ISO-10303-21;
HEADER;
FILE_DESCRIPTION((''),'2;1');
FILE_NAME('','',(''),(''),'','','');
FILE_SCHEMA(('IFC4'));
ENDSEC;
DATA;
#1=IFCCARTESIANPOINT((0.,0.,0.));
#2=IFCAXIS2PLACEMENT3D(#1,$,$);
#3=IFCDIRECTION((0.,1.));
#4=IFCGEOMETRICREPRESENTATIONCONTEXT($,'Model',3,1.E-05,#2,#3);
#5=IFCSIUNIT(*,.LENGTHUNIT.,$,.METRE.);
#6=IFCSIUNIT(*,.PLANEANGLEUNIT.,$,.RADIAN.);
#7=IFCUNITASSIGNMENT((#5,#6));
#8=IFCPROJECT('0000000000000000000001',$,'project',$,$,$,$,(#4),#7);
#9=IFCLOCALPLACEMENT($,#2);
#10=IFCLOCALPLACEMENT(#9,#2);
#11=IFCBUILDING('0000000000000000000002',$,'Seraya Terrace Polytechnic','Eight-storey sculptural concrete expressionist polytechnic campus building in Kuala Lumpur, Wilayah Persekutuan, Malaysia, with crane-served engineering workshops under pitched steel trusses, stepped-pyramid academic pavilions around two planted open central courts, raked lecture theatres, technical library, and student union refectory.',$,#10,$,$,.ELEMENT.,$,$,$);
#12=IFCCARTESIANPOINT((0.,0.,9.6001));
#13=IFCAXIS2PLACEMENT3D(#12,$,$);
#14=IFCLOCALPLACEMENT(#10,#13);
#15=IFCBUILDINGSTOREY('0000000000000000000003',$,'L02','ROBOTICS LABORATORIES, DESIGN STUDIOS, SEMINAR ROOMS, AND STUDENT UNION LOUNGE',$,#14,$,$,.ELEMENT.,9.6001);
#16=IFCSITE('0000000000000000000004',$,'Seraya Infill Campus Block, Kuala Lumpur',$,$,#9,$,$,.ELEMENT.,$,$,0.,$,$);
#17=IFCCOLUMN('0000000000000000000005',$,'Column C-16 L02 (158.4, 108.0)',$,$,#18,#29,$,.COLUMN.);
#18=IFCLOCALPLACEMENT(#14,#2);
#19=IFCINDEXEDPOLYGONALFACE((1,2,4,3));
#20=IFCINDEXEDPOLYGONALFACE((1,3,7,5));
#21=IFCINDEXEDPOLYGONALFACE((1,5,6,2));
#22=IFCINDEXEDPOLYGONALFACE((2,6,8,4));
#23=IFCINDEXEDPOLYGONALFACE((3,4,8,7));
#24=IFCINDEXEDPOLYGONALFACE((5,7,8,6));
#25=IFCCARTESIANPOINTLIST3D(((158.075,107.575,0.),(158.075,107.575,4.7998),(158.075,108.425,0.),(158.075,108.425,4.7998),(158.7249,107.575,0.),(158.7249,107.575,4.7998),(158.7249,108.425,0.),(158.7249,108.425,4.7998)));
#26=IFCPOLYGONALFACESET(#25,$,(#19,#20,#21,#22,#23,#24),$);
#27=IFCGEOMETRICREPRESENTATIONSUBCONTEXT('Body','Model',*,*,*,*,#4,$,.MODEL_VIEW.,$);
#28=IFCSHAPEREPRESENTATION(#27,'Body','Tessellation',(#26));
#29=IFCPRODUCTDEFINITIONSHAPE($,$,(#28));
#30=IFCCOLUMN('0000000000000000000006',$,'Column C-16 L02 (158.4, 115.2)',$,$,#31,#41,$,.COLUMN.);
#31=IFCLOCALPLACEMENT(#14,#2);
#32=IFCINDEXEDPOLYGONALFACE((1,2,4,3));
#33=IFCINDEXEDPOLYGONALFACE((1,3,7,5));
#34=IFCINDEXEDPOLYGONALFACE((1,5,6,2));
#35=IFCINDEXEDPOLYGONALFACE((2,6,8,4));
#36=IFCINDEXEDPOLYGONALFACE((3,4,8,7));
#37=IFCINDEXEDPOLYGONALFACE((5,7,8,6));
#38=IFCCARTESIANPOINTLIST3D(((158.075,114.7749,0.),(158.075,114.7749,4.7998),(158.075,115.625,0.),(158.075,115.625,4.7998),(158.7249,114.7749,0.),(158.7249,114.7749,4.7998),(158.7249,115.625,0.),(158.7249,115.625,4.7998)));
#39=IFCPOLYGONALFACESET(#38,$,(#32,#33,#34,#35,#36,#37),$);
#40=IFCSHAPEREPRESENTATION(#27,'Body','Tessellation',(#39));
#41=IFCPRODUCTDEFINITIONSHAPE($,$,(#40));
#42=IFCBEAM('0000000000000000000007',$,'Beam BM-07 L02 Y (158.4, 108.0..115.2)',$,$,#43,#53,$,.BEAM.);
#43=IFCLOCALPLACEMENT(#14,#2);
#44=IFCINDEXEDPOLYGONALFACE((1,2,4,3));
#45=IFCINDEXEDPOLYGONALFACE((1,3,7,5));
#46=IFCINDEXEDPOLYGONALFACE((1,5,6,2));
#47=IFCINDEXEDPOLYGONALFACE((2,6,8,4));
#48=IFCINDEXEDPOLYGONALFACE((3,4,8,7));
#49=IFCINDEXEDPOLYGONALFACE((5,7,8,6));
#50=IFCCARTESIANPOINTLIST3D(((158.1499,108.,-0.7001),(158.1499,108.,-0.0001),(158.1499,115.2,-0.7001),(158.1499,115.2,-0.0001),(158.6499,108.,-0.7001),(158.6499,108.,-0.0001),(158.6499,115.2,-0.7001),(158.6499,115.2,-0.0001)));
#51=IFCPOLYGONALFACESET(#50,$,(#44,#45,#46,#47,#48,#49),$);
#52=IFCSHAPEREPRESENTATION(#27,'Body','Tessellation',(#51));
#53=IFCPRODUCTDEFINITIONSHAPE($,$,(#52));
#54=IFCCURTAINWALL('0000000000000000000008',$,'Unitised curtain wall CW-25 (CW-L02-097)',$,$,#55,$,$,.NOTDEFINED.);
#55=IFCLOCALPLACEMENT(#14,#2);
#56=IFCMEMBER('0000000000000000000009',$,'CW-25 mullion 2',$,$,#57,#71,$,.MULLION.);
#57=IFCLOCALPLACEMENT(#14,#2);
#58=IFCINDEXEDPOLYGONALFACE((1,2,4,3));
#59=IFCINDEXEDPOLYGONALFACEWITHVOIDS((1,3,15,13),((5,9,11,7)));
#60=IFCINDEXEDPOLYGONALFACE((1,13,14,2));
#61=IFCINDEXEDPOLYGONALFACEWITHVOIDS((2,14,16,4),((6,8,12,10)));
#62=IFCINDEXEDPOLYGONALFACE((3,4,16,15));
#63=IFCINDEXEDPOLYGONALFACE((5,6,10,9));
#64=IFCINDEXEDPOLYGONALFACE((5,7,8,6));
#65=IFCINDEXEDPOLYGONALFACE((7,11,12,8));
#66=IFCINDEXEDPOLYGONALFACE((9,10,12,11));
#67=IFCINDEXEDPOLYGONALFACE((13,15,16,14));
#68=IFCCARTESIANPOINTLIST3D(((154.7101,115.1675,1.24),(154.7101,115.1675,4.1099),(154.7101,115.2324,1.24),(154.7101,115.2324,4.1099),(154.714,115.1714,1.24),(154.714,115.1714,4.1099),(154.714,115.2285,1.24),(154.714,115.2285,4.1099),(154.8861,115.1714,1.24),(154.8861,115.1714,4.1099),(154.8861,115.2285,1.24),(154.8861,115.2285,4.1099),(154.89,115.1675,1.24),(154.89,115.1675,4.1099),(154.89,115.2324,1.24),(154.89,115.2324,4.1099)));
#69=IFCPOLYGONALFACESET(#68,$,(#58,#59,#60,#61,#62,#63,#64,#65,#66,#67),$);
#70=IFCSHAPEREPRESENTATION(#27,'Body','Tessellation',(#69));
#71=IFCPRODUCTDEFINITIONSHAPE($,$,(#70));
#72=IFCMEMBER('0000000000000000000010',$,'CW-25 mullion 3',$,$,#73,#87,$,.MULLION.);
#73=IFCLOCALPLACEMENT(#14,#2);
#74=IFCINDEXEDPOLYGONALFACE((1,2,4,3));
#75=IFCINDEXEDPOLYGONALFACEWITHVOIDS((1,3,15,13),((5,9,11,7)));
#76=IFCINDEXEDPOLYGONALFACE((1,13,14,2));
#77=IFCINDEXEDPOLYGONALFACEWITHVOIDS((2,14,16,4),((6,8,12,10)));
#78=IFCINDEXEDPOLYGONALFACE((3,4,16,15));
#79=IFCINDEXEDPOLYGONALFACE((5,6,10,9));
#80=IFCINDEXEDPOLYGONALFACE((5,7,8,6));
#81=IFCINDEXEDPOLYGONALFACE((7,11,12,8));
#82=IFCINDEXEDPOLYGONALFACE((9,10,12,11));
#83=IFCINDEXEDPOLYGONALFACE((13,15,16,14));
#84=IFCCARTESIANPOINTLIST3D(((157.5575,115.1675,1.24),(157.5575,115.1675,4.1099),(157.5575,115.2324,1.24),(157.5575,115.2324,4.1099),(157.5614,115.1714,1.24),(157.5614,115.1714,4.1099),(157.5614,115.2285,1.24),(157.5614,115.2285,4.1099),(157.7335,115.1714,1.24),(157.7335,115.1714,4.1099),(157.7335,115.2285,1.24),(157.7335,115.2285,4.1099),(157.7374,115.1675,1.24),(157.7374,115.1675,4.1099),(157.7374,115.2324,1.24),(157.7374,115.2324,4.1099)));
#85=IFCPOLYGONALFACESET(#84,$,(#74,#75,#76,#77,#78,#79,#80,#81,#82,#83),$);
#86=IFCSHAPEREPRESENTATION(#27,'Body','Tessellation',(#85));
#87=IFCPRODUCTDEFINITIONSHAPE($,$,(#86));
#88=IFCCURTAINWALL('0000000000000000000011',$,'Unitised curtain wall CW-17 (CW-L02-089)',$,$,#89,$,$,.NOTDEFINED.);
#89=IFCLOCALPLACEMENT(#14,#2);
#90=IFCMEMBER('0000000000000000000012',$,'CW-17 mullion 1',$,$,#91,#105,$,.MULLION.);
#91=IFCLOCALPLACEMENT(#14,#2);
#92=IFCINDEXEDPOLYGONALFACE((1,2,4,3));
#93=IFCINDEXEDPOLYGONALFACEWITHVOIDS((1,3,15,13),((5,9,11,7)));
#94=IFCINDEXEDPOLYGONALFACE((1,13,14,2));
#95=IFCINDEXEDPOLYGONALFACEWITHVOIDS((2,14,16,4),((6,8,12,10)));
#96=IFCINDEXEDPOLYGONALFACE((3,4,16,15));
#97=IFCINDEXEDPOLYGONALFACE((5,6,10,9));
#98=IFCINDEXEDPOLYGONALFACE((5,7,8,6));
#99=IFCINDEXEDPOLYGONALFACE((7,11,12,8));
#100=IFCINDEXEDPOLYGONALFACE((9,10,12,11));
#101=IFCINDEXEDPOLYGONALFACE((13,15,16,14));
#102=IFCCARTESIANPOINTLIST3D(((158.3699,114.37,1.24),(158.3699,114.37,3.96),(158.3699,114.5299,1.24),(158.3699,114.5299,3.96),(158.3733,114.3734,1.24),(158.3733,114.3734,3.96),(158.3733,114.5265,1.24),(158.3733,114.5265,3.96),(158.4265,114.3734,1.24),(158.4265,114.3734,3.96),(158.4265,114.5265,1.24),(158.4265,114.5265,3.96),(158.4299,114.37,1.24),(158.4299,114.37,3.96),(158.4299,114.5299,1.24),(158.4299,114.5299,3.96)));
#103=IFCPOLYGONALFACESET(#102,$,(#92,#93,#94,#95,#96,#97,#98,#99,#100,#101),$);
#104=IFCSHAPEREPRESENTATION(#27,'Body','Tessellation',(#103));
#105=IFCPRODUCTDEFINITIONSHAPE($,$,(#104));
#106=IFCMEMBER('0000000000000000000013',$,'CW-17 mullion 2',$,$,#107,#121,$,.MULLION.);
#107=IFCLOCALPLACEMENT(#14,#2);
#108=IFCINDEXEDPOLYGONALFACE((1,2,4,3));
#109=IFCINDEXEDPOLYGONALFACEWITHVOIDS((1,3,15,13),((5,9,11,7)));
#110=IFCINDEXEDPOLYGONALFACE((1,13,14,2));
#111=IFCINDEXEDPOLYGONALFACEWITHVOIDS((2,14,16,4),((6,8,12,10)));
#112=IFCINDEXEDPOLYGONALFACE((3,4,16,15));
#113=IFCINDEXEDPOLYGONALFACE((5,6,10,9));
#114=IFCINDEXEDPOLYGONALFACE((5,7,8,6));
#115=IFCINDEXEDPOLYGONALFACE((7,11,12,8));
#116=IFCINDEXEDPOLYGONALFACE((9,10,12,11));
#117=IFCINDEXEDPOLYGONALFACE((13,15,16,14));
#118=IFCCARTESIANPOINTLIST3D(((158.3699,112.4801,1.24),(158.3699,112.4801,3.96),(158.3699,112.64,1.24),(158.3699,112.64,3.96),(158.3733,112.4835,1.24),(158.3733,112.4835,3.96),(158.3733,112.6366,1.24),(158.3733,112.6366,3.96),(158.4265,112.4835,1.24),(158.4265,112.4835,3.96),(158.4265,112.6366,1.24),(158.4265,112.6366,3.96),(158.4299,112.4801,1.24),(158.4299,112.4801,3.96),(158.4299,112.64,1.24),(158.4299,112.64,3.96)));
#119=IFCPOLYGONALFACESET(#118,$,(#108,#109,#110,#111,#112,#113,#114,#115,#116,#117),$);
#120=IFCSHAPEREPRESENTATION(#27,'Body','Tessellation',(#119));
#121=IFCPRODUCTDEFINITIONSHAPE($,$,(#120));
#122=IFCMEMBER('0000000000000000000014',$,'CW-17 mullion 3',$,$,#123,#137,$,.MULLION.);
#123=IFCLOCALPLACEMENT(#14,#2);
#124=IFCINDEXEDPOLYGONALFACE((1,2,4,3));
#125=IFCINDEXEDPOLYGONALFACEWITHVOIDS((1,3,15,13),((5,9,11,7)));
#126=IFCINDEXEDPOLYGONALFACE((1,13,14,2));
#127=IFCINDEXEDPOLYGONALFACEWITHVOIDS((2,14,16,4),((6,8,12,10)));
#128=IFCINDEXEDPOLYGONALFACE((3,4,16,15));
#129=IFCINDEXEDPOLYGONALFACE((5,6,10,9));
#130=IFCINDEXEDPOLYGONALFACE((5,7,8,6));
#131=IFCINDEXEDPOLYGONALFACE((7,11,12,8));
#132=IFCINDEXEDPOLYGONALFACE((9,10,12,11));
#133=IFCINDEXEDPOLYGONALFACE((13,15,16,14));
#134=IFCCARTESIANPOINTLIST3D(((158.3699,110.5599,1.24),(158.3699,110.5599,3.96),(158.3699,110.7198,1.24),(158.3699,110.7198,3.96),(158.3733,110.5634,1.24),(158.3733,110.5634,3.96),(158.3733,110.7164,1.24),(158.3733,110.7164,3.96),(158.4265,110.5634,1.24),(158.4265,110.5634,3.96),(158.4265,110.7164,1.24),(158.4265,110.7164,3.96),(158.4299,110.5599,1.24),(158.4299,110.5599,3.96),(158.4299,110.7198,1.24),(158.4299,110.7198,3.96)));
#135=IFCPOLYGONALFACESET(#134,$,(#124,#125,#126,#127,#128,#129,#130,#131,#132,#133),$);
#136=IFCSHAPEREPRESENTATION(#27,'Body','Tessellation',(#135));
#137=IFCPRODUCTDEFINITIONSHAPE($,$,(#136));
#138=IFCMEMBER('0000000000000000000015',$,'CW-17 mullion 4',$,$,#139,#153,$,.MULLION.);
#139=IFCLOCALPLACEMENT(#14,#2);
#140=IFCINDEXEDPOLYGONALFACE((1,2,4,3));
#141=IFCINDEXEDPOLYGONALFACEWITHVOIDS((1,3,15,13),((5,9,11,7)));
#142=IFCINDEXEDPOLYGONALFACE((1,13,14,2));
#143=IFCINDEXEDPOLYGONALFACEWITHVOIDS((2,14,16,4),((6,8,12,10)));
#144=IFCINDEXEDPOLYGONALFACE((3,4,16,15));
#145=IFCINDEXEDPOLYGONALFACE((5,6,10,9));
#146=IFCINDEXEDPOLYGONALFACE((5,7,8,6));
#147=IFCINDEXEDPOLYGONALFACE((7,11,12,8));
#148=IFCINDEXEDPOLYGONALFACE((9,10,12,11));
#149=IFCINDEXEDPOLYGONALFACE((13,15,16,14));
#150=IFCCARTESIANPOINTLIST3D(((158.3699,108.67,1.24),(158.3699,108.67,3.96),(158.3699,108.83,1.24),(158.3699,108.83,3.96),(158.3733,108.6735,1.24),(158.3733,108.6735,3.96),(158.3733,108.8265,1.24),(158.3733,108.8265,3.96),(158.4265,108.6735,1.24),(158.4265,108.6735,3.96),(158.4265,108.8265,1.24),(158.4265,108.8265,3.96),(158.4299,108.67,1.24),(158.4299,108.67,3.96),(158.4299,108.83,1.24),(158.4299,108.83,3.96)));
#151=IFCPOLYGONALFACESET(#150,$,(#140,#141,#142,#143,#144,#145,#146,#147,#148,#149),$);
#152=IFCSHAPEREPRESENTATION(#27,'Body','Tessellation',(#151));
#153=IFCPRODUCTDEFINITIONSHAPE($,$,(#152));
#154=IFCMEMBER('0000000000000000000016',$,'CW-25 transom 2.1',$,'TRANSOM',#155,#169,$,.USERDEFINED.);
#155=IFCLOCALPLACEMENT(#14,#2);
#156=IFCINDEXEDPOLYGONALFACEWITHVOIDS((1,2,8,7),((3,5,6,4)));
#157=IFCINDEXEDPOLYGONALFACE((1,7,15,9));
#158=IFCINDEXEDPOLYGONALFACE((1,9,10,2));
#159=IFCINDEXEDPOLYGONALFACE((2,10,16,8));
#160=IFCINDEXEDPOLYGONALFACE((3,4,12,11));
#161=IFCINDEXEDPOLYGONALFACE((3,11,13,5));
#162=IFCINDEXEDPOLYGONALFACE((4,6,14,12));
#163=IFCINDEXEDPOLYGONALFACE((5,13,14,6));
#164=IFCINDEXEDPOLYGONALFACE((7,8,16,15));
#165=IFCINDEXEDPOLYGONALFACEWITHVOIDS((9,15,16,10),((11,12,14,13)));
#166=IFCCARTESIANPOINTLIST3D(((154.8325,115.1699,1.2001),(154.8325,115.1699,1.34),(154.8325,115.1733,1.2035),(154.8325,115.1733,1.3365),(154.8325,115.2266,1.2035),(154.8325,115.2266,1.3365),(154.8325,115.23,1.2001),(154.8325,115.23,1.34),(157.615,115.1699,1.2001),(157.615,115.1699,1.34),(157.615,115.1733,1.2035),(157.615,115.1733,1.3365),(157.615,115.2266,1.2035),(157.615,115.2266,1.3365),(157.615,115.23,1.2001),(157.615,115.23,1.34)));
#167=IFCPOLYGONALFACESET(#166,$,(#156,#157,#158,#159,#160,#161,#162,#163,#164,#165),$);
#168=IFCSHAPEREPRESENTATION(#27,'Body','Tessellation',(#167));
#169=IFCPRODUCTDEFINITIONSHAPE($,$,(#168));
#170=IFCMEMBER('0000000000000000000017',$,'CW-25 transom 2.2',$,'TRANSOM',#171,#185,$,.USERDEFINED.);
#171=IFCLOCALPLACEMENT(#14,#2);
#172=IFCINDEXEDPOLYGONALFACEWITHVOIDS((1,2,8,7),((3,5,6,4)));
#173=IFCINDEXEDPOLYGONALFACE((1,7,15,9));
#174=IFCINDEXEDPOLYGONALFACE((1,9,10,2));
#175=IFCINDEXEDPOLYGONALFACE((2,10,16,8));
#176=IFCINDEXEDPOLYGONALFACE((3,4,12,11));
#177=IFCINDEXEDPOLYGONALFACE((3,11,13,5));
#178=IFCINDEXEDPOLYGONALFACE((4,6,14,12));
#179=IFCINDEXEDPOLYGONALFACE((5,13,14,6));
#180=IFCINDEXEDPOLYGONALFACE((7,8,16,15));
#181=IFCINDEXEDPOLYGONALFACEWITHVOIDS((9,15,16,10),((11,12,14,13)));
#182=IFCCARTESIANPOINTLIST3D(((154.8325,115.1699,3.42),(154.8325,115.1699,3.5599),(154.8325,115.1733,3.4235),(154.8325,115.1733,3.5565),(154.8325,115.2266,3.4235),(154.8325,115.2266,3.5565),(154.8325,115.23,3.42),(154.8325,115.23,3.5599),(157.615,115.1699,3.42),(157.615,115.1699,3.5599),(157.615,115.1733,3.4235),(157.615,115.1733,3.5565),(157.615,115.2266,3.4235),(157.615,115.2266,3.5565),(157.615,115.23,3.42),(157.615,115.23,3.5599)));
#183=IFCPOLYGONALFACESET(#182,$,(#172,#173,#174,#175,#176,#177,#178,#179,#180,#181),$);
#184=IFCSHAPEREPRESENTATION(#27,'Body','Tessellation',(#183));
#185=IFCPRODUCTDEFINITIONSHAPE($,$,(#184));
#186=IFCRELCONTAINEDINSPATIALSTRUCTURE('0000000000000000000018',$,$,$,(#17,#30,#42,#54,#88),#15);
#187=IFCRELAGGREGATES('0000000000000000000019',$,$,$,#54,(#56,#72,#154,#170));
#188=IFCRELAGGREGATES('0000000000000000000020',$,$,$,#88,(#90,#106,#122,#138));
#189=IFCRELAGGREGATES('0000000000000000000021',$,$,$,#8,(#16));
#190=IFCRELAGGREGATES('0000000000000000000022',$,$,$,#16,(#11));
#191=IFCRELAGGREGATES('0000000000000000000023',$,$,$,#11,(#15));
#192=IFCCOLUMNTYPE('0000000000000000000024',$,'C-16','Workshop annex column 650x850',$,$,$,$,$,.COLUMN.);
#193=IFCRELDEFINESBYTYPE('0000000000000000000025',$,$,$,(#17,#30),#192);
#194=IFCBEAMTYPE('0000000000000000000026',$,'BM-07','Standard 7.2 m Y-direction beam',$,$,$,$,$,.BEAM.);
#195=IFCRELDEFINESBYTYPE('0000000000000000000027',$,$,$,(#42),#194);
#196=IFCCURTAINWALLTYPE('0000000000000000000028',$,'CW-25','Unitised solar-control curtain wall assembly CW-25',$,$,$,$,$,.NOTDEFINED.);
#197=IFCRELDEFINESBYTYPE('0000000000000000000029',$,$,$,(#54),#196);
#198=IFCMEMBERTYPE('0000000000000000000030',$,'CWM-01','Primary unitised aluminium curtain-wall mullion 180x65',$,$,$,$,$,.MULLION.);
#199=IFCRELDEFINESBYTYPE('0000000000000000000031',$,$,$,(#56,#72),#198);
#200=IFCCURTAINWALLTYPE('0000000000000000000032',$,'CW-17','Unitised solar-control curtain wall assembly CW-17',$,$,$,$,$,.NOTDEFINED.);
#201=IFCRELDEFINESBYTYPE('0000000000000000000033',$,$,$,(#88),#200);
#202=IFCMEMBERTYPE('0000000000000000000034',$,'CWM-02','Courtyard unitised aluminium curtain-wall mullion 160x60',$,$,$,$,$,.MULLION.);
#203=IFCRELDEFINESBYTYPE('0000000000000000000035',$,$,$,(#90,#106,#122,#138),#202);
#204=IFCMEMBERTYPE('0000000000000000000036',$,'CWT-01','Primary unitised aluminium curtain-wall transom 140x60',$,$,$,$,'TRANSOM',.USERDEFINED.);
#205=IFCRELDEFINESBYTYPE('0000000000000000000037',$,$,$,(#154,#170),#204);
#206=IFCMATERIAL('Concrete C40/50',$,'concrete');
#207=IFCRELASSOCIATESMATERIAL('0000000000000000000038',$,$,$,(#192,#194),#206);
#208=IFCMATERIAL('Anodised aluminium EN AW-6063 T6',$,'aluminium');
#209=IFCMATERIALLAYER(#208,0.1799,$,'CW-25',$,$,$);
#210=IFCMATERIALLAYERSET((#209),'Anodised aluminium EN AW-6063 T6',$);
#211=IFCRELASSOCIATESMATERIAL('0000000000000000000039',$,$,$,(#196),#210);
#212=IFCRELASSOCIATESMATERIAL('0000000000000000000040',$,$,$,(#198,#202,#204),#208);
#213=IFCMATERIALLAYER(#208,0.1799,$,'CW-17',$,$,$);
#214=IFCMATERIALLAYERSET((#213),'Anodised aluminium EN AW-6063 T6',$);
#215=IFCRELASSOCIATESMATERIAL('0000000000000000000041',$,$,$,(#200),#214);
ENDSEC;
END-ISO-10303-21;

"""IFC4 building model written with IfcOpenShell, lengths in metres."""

from ifc_helpers import new_model, si_unit, direction, frame, origin, origin_2d, place, context, subcontext, project, spatial, rectangle, hollow_rectangle, extrude, material, layer, layer_set, material_profile, profile_set, type_object, element, aggregate, save


model = new_model("IFC4")

# Units and contexts
model_context = context("Model", 3, precision=1e-05, world=origin(), true_north=direction((0.0, 1.0)))
body_context = subcontext(model_context, "Body", "Model", "MODEL_VIEW")
ifc_project = project(units=[si_unit("LENGTHUNIT", "METRE"), si_unit("PLANEANGLEUNIT", "RADIAN")], contexts=[model_context])

# Site, building, storey
site_placement = place(None, origin())
site = spatial("IfcSite", under=ifc_project, at=site_placement, Name="Seraya Infill Campus Block, Kuala Lumpur", CompositionType="ELEMENT", RefElevation=0.0)
building_placement = place(site_placement, origin())
building = spatial("IfcBuilding", under=site, at=building_placement, Name="Seraya Terrace Polytechnic", Description="Eight-storey sculptural concrete expressionist polytechnic campus building in Kuala Lumpur, Wilayah Persekutuan, Malaysia, with crane-served engineering workshops under pitched steel trusses, stepped-pyramid academic pavilions around two planted open central courts, raked lecture theatres, technical library, and student union refectory.", CompositionType="ELEMENT")
storey_placement = place(building_placement, frame((0.0, 0.0, 9.6001)))
storey = spatial("IfcBuildingStorey", under=building, at=storey_placement, Name="L02", Description="ROBOTICS LABORATORIES, DESIGN STUDIOS, SEMINAR ROOMS, AND STUDENT UNION LOUNGE", CompositionType="ELEMENT", Elevation=9.6001)

# Columns
ifc_material_1 = material(Name="Concrete C40/50", Category="concrete")
ifc_material_profile_1 = material_profile(ifc_material_1, rectangle(XDim=0.6499, YDim=0.8501, at=origin_2d()), Name="RC 650x850")
ifc_profile_set_1 = profile_set([ifc_material_profile_1], Name="Concrete C40/50")
column_type = type_object("IfcColumnType", Name="C-16", Description="Workshop annex column 650x850", PredefinedType="COLUMN", material=ifc_profile_set_1)
for number, where, z_axis, x_axis, name in (
    (1, (158.3999, 108.0, 0.0), (0.0, 0.0, 1.0), (1.0, 0.0, 0.0), "Column C-16 L02 (158.4, 108.0)"),
    (2, (158.3999, 115.2, 0.0), (0.0, 0.0, 1.0), (1.0, 0.0, 0.0), "Column C-16 L02 (158.4, 115.2)"),
):
    element("IfcColumn", number, at=place(storey_placement, frame(where, z_axis=z_axis, x_axis=x_axis)), inside=storey, type_object=column_type, Name=name, PredefinedType="COLUMN", context=body_context, shape_type="SweptSolid", body=[
        extrude(rectangle(XDim=0.6499, YDim=0.8501, at=origin_2d()), origin(), (0.0, 0.0, 1.0), 4.7998),
    ])

# Beam
ifc_material_profile_2 = material_profile(ifc_material_1, rectangle(XDim=0.5, YDim=0.7, at=origin_2d()), Name="RC 500x700")
ifc_profile_set_2 = profile_set([ifc_material_profile_2], Name="Concrete C40/50")
beam_type_1 = type_object("IfcBeamType", Name="BM-07", Description="Standard 7.2 m Y-direction beam", PredefinedType="BEAM", material=ifc_profile_set_2)
beam_1_placement = place(storey_placement, frame((158.3999, 108.0, -0.3501), z_axis=(0.0, 1.0, 0.0), x_axis=(-1.0, 0.0, 0.0)))
element("IfcBeam", 3, at=beam_1_placement, inside=storey, type_object=beam_type_1, Name="Beam BM-07 L02 Y (158.4, 108.0..115.2)", PredefinedType="BEAM", context=body_context, shape_type="SweptSolid", body=[
    extrude(rectangle(XDim=0.5, YDim=0.7, at=origin_2d()), origin(), (0.0, 0.0, 1.0), 7.2),
])

# Curtain walls, members
ifc_material_2 = material(Name="Anodised aluminium EN AW-6063 T6", Category="aluminium")
ifc_layer_1 = layer(ifc_material_2, 0.1799, Name="CW-25")
ifc_layer_set_1 = layer_set([ifc_layer_1], Name="Anodised aluminium EN AW-6063 T6")
curtain_wall_type_1 = type_object("IfcCurtainWallType", Name="CW-25", Description="Unitised solar-control curtain wall assembly CW-25", PredefinedType="NOTDEFINED", material=ifc_layer_set_1)
curtain_wall_1_placement = place(storey_placement, origin())
curtain_wall_1 = element("IfcCurtainWall", 4, at=curtain_wall_1_placement, inside=storey, type_object=curtain_wall_type_1, Name="Unitised curtain wall CW-25 (CW-L02-097)", PredefinedType="NOTDEFINED")
ifc_material_profile_3 = material_profile(ifc_material_2, hollow_rectangle(XDim=0.0649, YDim=0.1799, WallThickness=0.0039, at=origin_2d()), Name="RHS 180x65x4.0")
ifc_profile_set_3 = profile_set([ifc_material_profile_3], Name="Anodised aluminium EN AW-6063 T6")
member_type_1 = type_object("IfcMemberType", Name="CWM-01", Description="Primary unitised aluminium curtain-wall mullion 180x65", PredefinedType="MULLION", material=ifc_profile_set_3)
member_1_placement = place(storey_placement, frame((154.8, 115.2, 1.24), z_axis=(0.0, 0.0, 1.0), x_axis=(0.0, 1.0, 0.0)))
member_1 = element("IfcMember", 5, at=member_1_placement, type_object=member_type_1, Name="CW-25 mullion 2", PredefinedType="MULLION", context=body_context, shape_type="SweptSolid", body=[
    extrude(hollow_rectangle(XDim=0.0649, YDim=0.1799, WallThickness=0.0039, at=origin_2d()), origin(), (0.0, 0.0, 1.0), 2.8699),
])
member_2_placement = place(storey_placement, frame((157.6475, 115.2, 1.24), z_axis=(0.0, 0.0, 1.0), x_axis=(0.0, 1.0, 0.0)))
member_2 = element("IfcMember", 6, at=member_2_placement, type_object=member_type_1, Name="CW-25 mullion 3", PredefinedType="MULLION", context=body_context, shape_type="SweptSolid", body=[
    extrude(hollow_rectangle(XDim=0.0649, YDim=0.1799, WallThickness=0.0039, at=origin_2d()), origin(), (0.0, 0.0, 1.0), 2.8699),
])
ifc_layer_2 = layer(ifc_material_2, 0.1799, Name="CW-17")
ifc_layer_set_2 = layer_set([ifc_layer_2], Name="Anodised aluminium EN AW-6063 T6")
curtain_wall_type_2 = type_object("IfcCurtainWallType", Name="CW-17", Description="Unitised solar-control curtain wall assembly CW-17", PredefinedType="NOTDEFINED", material=ifc_layer_set_2)
curtain_wall_2_placement = place(storey_placement, origin())
curtain_wall_2 = element("IfcCurtainWall", 7, at=curtain_wall_2_placement, inside=storey, type_object=curtain_wall_type_2, Name="Unitised curtain wall CW-17 (CW-L02-089)", PredefinedType="NOTDEFINED")
ifc_material_profile_4 = material_profile(ifc_material_2, hollow_rectangle(XDim=0.0601, YDim=0.1599, WallThickness=0.0034, at=origin_2d()), Name="RHS 160x60x3.5")
ifc_profile_set_4 = profile_set([ifc_material_profile_4], Name="Anodised aluminium EN AW-6063 T6")
member_type_2 = type_object("IfcMemberType", Name="CWM-02", Description="Courtyard unitised aluminium curtain-wall mullion 160x60", PredefinedType="MULLION", material=ifc_profile_set_4)
member_3_placement = place(storey_placement, frame((158.3999, 114.45, 1.24), z_axis=(0.0, 0.0, 1.0), x_axis=(1.0, 0.0, 0.0)))
member_3 = element("IfcMember", 8, at=member_3_placement, type_object=member_type_2, Name="CW-17 mullion 1", PredefinedType="MULLION", context=body_context, shape_type="SweptSolid", body=[
    extrude(hollow_rectangle(XDim=0.0601, YDim=0.1599, WallThickness=0.0034, at=origin_2d()), origin(), (0.0, 0.0, 1.0), 2.72),
])
member_4_placement = place(storey_placement, frame((158.3999, 112.5601, 1.24), z_axis=(0.0, 0.0, 1.0), x_axis=(1.0, 0.0, 0.0)))
member_4 = element("IfcMember", 9, at=member_4_placement, type_object=member_type_2, Name="CW-17 mullion 2", PredefinedType="MULLION", context=body_context, shape_type="SweptSolid", body=[
    extrude(hollow_rectangle(XDim=0.0601, YDim=0.1599, WallThickness=0.0034, at=origin_2d()), origin(), (0.0, 0.0, 1.0), 2.72),
])
member_5_placement = place(storey_placement, frame((158.3999, 110.6399, 1.24), z_axis=(0.0, 0.0, 1.0), x_axis=(1.0, 0.0, 0.0)))
member_5 = element("IfcMember", 10, at=member_5_placement, type_object=member_type_2, Name="CW-17 mullion 3", PredefinedType="MULLION", context=body_context, shape_type="SweptSolid", body=[
    extrude(hollow_rectangle(XDim=0.0601, YDim=0.1599, WallThickness=0.0034, at=origin_2d()), origin(), (0.0, 0.0, 1.0), 2.72),
])
member_6_placement = place(storey_placement, frame((158.3999, 108.75, 1.24), z_axis=(0.0, 0.0, 1.0), x_axis=(1.0, 0.0, 0.0)))
member_6 = element("IfcMember", 11, at=member_6_placement, type_object=member_type_2, Name="CW-17 mullion 4", PredefinedType="MULLION", context=body_context, shape_type="SweptSolid", body=[
    extrude(hollow_rectangle(XDim=0.0601, YDim=0.1599, WallThickness=0.0034, at=origin_2d()), origin(), (0.0, 0.0, 1.0), 2.72),
])

# Members
ifc_material_profile_5 = material_profile(ifc_material_2, hollow_rectangle(XDim=0.0601, YDim=0.1399, WallThickness=0.0034, at=origin_2d()), Name="RHS 140x60x3.5")
ifc_profile_set_5 = profile_set([ifc_material_profile_5], Name="Anodised aluminium EN AW-6063 T6")
member_type_3 = type_object("IfcMemberType", Name="CWT-01", Description="Primary unitised aluminium curtain-wall transom 140x60", ElementType="TRANSOM", PredefinedType="USERDEFINED", material=ifc_profile_set_5)
member_7_placement = place(storey_placement, frame((154.8325, 115.2, 1.27), z_axis=(1.0, 0.0, 0.0), x_axis=(0.0, 1.0, 0.0)))
member_7 = element("IfcMember", 12, at=member_7_placement, type_object=member_type_3, Name="CW-25 transom 2.1", ObjectType="TRANSOM", PredefinedType="USERDEFINED", context=body_context, shape_type="SweptSolid", body=[
    extrude(hollow_rectangle(XDim=0.0601, YDim=0.1399, WallThickness=0.0034, at=origin_2d()), origin(), (0.0, 0.0, 1.0), 2.7825),
])
member_8_placement = place(storey_placement, frame((154.8325, 115.2, 3.49), z_axis=(1.0, 0.0, 0.0), x_axis=(0.0, 1.0, 0.0)))
member_8 = element("IfcMember", 13, at=member_8_placement, type_object=member_type_3, Name="CW-25 transom 2.2", ObjectType="TRANSOM", PredefinedType="USERDEFINED", context=body_context, shape_type="SweptSolid", body=[
    extrude(hollow_rectangle(XDim=0.0601, YDim=0.1399, WallThickness=0.0034, at=origin_2d()), origin(), (0.0, 0.0, 1.0), 2.7825),
])

aggregate(curtain_wall_1, [member_1, member_2, member_7, member_8])
aggregate(curtain_wall_2, [member_3, member_4, member_5, member_6])

save(model, "model.ifc")
